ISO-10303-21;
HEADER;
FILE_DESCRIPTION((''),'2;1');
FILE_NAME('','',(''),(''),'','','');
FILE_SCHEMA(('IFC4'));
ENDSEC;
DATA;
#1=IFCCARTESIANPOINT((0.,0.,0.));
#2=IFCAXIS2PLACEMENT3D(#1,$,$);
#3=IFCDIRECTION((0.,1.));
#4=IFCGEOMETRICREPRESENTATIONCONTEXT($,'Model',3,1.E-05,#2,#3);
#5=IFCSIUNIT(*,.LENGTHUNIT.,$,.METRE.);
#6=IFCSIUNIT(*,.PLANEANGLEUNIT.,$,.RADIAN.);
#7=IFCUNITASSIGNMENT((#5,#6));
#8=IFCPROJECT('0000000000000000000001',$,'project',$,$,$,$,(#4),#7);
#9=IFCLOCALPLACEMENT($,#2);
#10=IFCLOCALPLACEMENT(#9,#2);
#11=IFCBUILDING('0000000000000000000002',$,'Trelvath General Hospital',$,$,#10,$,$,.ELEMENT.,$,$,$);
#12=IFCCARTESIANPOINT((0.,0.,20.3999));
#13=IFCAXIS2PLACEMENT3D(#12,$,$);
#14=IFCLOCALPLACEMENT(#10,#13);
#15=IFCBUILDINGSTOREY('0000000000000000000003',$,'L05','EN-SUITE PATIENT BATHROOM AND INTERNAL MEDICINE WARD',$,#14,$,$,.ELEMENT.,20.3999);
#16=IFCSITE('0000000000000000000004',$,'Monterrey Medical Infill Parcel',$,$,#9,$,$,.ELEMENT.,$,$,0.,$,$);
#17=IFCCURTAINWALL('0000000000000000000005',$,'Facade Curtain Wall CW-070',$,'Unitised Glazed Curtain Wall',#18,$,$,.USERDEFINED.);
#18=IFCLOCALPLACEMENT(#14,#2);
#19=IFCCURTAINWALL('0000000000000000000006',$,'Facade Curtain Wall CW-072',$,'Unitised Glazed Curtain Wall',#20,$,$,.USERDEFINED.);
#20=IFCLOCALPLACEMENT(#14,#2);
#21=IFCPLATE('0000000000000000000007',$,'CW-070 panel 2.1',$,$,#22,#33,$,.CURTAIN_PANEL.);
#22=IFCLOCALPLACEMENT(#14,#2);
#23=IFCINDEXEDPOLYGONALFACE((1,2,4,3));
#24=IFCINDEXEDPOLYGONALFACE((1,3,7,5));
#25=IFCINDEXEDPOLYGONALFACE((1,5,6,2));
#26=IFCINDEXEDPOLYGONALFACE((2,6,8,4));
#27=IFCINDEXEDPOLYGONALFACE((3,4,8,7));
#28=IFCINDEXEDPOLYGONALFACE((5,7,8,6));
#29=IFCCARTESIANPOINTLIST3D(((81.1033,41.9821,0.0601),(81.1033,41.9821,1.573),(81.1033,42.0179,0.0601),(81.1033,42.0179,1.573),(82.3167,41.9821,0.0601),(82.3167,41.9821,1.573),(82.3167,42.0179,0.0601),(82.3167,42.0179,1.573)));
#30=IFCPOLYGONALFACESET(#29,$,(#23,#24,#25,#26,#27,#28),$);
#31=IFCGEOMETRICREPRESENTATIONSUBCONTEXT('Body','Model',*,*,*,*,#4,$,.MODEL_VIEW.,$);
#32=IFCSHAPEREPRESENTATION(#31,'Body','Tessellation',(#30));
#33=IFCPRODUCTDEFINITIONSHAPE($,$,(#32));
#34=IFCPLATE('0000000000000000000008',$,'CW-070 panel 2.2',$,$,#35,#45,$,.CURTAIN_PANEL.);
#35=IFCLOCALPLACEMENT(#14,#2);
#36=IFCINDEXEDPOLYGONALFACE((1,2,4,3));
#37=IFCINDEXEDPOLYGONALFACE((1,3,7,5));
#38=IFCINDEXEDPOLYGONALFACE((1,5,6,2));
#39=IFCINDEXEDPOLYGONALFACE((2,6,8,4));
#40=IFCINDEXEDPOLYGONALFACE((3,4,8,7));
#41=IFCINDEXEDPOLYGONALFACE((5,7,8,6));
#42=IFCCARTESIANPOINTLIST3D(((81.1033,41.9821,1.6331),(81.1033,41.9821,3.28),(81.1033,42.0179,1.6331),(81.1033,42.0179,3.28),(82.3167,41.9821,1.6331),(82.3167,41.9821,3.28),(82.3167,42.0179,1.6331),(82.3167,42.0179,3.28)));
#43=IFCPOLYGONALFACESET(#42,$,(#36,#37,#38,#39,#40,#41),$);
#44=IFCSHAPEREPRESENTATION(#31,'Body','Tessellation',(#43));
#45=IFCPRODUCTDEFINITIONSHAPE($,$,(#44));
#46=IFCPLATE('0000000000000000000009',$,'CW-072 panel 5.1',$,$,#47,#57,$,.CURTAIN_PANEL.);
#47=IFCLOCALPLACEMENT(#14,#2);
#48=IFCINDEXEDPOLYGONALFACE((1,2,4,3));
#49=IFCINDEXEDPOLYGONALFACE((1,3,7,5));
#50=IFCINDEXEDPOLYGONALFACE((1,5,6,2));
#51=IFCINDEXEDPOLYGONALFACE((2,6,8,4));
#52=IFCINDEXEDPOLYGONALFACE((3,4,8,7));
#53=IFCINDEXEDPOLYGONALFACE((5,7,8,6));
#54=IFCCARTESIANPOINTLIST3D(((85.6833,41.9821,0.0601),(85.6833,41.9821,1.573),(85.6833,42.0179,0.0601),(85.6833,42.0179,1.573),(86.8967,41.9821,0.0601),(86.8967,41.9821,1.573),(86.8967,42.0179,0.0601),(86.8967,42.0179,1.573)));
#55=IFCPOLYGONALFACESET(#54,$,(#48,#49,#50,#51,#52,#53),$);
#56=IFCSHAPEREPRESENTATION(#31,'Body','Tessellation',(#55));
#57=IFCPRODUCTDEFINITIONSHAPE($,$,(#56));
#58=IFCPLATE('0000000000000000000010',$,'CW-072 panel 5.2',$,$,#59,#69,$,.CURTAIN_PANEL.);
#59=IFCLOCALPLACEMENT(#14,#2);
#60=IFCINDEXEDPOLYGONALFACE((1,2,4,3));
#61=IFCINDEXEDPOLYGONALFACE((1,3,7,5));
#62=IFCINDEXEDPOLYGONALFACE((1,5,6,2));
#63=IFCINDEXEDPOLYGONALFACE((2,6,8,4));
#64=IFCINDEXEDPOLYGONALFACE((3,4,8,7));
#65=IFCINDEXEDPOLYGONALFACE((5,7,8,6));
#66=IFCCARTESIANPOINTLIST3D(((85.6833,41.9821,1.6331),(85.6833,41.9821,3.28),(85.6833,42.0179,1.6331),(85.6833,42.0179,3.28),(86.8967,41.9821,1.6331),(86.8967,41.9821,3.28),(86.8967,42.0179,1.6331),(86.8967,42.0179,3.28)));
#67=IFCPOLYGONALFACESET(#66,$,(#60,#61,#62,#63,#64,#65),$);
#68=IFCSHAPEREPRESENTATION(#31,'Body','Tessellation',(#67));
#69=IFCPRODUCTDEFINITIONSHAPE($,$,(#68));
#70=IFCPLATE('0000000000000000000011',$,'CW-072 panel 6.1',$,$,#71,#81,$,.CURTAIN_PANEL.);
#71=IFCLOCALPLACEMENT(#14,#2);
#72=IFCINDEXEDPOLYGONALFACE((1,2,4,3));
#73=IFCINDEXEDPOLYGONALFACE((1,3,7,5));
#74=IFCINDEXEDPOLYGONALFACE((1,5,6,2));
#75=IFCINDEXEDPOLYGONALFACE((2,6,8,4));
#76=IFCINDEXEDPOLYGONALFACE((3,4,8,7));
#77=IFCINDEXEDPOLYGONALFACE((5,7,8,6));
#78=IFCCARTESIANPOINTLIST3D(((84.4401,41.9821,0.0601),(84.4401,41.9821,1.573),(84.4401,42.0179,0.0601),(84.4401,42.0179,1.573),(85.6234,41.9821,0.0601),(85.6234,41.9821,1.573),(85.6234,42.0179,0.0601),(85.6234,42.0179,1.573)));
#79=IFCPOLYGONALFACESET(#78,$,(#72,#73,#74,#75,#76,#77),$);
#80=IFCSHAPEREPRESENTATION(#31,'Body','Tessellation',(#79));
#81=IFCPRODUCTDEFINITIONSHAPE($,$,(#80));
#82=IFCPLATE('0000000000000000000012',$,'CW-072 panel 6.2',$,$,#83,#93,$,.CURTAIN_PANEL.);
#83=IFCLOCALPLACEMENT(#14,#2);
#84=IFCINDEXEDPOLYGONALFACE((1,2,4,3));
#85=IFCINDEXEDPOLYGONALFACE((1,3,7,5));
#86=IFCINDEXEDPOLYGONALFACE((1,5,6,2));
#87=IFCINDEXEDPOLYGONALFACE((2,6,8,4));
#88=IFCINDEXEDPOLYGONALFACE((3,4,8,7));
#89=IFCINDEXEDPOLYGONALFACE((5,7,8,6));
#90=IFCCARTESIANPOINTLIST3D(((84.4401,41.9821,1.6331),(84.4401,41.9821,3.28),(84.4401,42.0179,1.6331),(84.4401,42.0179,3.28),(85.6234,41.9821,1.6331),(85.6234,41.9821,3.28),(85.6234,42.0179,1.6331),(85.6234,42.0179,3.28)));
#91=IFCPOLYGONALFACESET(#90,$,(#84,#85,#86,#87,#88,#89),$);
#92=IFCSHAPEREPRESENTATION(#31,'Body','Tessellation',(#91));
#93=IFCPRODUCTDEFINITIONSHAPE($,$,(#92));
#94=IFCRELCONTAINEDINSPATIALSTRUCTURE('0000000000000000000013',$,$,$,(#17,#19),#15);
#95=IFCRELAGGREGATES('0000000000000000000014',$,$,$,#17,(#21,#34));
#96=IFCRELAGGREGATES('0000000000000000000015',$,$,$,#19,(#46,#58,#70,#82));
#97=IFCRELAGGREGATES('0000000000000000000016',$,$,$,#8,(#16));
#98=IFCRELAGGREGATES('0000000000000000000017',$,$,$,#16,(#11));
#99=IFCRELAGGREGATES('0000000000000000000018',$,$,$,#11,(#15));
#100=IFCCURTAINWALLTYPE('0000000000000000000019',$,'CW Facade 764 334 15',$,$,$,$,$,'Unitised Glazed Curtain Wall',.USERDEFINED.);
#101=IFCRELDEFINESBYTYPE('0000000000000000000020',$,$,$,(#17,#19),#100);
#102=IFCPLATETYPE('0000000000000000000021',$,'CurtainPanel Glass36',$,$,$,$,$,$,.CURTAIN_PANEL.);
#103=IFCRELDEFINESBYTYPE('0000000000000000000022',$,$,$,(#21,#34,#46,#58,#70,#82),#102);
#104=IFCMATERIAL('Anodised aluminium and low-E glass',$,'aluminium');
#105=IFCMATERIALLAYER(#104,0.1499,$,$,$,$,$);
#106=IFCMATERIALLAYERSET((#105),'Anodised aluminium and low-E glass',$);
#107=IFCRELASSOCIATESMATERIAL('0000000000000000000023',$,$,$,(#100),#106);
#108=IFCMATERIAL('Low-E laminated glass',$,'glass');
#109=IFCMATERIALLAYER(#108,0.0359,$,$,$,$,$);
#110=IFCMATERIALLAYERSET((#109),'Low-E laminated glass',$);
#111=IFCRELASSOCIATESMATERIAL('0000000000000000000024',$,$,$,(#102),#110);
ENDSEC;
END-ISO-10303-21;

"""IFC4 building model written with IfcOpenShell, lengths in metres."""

from ifc_helpers import new_model, si_unit, direction, frame, origin, origin_2d, place, context, subcontext, project, spatial, rectangle, extrude, material, layer, layer_set, type_object, element, aggregate, save


model = new_model("IFC4")

# Units and contexts
model_context = context("Model", 3, precision=1e-05, world=origin(), true_north=direction((0.0, 1.0)))
body_context = subcontext(model_context, "Body", "Model", "MODEL_VIEW")
ifc_project = project(units=[si_unit("LENGTHUNIT", "METRE"), si_unit("PLANEANGLEUNIT", "RADIAN")], contexts=[model_context])

# Site, building, storey
site_placement = place(None, origin())
site = spatial("IfcSite", under=ifc_project, at=site_placement, Name="Monterrey Medical Infill Parcel", CompositionType="ELEMENT", RefElevation=0.0)
building_placement = place(site_placement, origin())
building = spatial("IfcBuilding", under=site, at=building_placement, Name="Trelvath General Hospital", CompositionType="ELEMENT")
storey_placement = place(building_placement, frame((0.0, 0.0, 20.3999)))
storey = spatial("IfcBuildingStorey", under=building, at=storey_placement, Name="L05", Description="EN-SUITE PATIENT BATHROOM AND INTERNAL MEDICINE WARD", CompositionType="ELEMENT", Elevation=20.3999)

# Curtain walls
ifc_material_1 = material(Name="Anodised aluminium and low-E glass", Category="aluminium")
ifc_layer_1 = layer(ifc_material_1, 0.1499)
ifc_layer_set_1 = layer_set([ifc_layer_1], Name="Anodised aluminium and low-E glass")
curtain_wall_type = type_object("IfcCurtainWallType", Name="CW Facade 764 334 15", ElementType="Unitised Glazed Curtain Wall", PredefinedType="USERDEFINED", material=ifc_layer_set_1)
curtain_wall_1_placement = place(storey_placement, origin())
curtain_wall_1 = element("IfcCurtainWall", 1, at=curtain_wall_1_placement, inside=storey, type_object=curtain_wall_type, Name="Facade Curtain Wall CW-070", ObjectType="Unitised Glazed Curtain Wall", PredefinedType="USERDEFINED")
curtain_wall_2_placement = place(storey_placement, origin())
curtain_wall_2 = element("IfcCurtainWall", 2, at=curtain_wall_2_placement, inside=storey, type_object=curtain_wall_type, Name="Facade Curtain Wall CW-072", ObjectType="Unitised Glazed Curtain Wall", PredefinedType="USERDEFINED")

# Plates
ifc_material_2 = material(Name="Low-E laminated glass", Category="glass")
ifc_layer_2 = layer(ifc_material_2, 0.0359)
ifc_layer_set_2 = layer_set([ifc_layer_2], Name="Low-E laminated glass")
plate_type = type_object("IfcPlateType", Name="CurtainPanel Glass36", PredefinedType="CURTAIN_PANEL", material=ifc_layer_set_2)
plate_1_placement = place(storey_placement, frame((81.71, 42.0, 0.0601), z_axis=(0.0, 0.0, 1.0), x_axis=(-1.0, 0.0, 0.0)))
plate_1 = element("IfcPlate", 3, at=plate_1_placement, type_object=plate_type, Name="CW-070 panel 2.1", PredefinedType="CURTAIN_PANEL", context=body_context, shape_type="SweptSolid", body=[
    extrude(rectangle(XDim=1.2134, YDim=0.0359, at=origin_2d()), origin(), (0.0, 0.0, 1.0), 1.5129),
])
plate_2_placement = place(storey_placement, frame((81.71, 42.0, 1.6331), z_axis=(0.0, 0.0, 1.0), x_axis=(-1.0, 0.0, 0.0)))
plate_2 = element("IfcPlate", 4, at=plate_2_placement, type_object=plate_type, Name="CW-070 panel 2.2", PredefinedType="CURTAIN_PANEL", context=body_context, shape_type="SweptSolid", body=[
    extrude(rectangle(XDim=1.2134, YDim=0.0359, at=origin_2d()), origin(), (0.0, 0.0, 1.0), 1.647),
])
aggregate(curtain_wall_1, [plate_1, plate_2])
plate_3_placement = place(storey_placement, frame((86.29, 42.0, 0.0601), z_axis=(0.0, 0.0, 1.0), x_axis=(-1.0, 0.0, 0.0)))
plate_3 = element("IfcPlate", 5, at=plate_3_placement, type_object=plate_type, Name="CW-072 panel 5.1", PredefinedType="CURTAIN_PANEL", context=body_context, shape_type="SweptSolid", body=[
    extrude(rectangle(XDim=1.2134, YDim=0.0359, at=origin_2d()), origin(), (0.0, 0.0, 1.0), 1.5129),
])
plate_4_placement = place(storey_placement, frame((86.29, 42.0, 1.6331), z_axis=(0.0, 0.0, 1.0), x_axis=(-1.0, 0.0, 0.0)))
plate_4 = element("IfcPlate", 6, at=plate_4_placement, type_object=plate_type, Name="CW-072 panel 5.2", PredefinedType="CURTAIN_PANEL", context=body_context, shape_type="SweptSolid", body=[
    extrude(rectangle(XDim=1.2134, YDim=0.0359, at=origin_2d()), origin(), (0.0, 0.0, 1.0), 1.647),
])
plate_5_placement = place(storey_placement, frame((85.0317, 42.0, 0.0601), z_axis=(0.0, 0.0, 1.0), x_axis=(-1.0, 0.0, 0.0)))
plate_5 = element("IfcPlate", 7, at=plate_5_placement, type_object=plate_type, Name="CW-072 panel 6.1", PredefinedType="CURTAIN_PANEL", context=body_context, shape_type="SweptSolid", body=[
    extrude(rectangle(XDim=1.1833, YDim=0.0359, at=origin_2d()), origin(), (0.0, 0.0, 1.0), 1.5129),
])
plate_6_placement = place(storey_placement, frame((85.0317, 42.0, 1.6331), z_axis=(0.0, 0.0, 1.0), x_axis=(-1.0, 0.0, 0.0)))
plate_6 = element("IfcPlate", 8, at=plate_6_placement, type_object=plate_type, Name="CW-072 panel 6.2", PredefinedType="CURTAIN_PANEL", context=body_context, shape_type="SweptSolid", body=[
    extrude(rectangle(XDim=1.1833, YDim=0.0359, at=origin_2d()), origin(), (0.0, 0.0, 1.0), 1.647),
])
aggregate(curtain_wall_2, [plate_3, plate_4, plate_5, plate_6])

save(model, "model.ifc")
